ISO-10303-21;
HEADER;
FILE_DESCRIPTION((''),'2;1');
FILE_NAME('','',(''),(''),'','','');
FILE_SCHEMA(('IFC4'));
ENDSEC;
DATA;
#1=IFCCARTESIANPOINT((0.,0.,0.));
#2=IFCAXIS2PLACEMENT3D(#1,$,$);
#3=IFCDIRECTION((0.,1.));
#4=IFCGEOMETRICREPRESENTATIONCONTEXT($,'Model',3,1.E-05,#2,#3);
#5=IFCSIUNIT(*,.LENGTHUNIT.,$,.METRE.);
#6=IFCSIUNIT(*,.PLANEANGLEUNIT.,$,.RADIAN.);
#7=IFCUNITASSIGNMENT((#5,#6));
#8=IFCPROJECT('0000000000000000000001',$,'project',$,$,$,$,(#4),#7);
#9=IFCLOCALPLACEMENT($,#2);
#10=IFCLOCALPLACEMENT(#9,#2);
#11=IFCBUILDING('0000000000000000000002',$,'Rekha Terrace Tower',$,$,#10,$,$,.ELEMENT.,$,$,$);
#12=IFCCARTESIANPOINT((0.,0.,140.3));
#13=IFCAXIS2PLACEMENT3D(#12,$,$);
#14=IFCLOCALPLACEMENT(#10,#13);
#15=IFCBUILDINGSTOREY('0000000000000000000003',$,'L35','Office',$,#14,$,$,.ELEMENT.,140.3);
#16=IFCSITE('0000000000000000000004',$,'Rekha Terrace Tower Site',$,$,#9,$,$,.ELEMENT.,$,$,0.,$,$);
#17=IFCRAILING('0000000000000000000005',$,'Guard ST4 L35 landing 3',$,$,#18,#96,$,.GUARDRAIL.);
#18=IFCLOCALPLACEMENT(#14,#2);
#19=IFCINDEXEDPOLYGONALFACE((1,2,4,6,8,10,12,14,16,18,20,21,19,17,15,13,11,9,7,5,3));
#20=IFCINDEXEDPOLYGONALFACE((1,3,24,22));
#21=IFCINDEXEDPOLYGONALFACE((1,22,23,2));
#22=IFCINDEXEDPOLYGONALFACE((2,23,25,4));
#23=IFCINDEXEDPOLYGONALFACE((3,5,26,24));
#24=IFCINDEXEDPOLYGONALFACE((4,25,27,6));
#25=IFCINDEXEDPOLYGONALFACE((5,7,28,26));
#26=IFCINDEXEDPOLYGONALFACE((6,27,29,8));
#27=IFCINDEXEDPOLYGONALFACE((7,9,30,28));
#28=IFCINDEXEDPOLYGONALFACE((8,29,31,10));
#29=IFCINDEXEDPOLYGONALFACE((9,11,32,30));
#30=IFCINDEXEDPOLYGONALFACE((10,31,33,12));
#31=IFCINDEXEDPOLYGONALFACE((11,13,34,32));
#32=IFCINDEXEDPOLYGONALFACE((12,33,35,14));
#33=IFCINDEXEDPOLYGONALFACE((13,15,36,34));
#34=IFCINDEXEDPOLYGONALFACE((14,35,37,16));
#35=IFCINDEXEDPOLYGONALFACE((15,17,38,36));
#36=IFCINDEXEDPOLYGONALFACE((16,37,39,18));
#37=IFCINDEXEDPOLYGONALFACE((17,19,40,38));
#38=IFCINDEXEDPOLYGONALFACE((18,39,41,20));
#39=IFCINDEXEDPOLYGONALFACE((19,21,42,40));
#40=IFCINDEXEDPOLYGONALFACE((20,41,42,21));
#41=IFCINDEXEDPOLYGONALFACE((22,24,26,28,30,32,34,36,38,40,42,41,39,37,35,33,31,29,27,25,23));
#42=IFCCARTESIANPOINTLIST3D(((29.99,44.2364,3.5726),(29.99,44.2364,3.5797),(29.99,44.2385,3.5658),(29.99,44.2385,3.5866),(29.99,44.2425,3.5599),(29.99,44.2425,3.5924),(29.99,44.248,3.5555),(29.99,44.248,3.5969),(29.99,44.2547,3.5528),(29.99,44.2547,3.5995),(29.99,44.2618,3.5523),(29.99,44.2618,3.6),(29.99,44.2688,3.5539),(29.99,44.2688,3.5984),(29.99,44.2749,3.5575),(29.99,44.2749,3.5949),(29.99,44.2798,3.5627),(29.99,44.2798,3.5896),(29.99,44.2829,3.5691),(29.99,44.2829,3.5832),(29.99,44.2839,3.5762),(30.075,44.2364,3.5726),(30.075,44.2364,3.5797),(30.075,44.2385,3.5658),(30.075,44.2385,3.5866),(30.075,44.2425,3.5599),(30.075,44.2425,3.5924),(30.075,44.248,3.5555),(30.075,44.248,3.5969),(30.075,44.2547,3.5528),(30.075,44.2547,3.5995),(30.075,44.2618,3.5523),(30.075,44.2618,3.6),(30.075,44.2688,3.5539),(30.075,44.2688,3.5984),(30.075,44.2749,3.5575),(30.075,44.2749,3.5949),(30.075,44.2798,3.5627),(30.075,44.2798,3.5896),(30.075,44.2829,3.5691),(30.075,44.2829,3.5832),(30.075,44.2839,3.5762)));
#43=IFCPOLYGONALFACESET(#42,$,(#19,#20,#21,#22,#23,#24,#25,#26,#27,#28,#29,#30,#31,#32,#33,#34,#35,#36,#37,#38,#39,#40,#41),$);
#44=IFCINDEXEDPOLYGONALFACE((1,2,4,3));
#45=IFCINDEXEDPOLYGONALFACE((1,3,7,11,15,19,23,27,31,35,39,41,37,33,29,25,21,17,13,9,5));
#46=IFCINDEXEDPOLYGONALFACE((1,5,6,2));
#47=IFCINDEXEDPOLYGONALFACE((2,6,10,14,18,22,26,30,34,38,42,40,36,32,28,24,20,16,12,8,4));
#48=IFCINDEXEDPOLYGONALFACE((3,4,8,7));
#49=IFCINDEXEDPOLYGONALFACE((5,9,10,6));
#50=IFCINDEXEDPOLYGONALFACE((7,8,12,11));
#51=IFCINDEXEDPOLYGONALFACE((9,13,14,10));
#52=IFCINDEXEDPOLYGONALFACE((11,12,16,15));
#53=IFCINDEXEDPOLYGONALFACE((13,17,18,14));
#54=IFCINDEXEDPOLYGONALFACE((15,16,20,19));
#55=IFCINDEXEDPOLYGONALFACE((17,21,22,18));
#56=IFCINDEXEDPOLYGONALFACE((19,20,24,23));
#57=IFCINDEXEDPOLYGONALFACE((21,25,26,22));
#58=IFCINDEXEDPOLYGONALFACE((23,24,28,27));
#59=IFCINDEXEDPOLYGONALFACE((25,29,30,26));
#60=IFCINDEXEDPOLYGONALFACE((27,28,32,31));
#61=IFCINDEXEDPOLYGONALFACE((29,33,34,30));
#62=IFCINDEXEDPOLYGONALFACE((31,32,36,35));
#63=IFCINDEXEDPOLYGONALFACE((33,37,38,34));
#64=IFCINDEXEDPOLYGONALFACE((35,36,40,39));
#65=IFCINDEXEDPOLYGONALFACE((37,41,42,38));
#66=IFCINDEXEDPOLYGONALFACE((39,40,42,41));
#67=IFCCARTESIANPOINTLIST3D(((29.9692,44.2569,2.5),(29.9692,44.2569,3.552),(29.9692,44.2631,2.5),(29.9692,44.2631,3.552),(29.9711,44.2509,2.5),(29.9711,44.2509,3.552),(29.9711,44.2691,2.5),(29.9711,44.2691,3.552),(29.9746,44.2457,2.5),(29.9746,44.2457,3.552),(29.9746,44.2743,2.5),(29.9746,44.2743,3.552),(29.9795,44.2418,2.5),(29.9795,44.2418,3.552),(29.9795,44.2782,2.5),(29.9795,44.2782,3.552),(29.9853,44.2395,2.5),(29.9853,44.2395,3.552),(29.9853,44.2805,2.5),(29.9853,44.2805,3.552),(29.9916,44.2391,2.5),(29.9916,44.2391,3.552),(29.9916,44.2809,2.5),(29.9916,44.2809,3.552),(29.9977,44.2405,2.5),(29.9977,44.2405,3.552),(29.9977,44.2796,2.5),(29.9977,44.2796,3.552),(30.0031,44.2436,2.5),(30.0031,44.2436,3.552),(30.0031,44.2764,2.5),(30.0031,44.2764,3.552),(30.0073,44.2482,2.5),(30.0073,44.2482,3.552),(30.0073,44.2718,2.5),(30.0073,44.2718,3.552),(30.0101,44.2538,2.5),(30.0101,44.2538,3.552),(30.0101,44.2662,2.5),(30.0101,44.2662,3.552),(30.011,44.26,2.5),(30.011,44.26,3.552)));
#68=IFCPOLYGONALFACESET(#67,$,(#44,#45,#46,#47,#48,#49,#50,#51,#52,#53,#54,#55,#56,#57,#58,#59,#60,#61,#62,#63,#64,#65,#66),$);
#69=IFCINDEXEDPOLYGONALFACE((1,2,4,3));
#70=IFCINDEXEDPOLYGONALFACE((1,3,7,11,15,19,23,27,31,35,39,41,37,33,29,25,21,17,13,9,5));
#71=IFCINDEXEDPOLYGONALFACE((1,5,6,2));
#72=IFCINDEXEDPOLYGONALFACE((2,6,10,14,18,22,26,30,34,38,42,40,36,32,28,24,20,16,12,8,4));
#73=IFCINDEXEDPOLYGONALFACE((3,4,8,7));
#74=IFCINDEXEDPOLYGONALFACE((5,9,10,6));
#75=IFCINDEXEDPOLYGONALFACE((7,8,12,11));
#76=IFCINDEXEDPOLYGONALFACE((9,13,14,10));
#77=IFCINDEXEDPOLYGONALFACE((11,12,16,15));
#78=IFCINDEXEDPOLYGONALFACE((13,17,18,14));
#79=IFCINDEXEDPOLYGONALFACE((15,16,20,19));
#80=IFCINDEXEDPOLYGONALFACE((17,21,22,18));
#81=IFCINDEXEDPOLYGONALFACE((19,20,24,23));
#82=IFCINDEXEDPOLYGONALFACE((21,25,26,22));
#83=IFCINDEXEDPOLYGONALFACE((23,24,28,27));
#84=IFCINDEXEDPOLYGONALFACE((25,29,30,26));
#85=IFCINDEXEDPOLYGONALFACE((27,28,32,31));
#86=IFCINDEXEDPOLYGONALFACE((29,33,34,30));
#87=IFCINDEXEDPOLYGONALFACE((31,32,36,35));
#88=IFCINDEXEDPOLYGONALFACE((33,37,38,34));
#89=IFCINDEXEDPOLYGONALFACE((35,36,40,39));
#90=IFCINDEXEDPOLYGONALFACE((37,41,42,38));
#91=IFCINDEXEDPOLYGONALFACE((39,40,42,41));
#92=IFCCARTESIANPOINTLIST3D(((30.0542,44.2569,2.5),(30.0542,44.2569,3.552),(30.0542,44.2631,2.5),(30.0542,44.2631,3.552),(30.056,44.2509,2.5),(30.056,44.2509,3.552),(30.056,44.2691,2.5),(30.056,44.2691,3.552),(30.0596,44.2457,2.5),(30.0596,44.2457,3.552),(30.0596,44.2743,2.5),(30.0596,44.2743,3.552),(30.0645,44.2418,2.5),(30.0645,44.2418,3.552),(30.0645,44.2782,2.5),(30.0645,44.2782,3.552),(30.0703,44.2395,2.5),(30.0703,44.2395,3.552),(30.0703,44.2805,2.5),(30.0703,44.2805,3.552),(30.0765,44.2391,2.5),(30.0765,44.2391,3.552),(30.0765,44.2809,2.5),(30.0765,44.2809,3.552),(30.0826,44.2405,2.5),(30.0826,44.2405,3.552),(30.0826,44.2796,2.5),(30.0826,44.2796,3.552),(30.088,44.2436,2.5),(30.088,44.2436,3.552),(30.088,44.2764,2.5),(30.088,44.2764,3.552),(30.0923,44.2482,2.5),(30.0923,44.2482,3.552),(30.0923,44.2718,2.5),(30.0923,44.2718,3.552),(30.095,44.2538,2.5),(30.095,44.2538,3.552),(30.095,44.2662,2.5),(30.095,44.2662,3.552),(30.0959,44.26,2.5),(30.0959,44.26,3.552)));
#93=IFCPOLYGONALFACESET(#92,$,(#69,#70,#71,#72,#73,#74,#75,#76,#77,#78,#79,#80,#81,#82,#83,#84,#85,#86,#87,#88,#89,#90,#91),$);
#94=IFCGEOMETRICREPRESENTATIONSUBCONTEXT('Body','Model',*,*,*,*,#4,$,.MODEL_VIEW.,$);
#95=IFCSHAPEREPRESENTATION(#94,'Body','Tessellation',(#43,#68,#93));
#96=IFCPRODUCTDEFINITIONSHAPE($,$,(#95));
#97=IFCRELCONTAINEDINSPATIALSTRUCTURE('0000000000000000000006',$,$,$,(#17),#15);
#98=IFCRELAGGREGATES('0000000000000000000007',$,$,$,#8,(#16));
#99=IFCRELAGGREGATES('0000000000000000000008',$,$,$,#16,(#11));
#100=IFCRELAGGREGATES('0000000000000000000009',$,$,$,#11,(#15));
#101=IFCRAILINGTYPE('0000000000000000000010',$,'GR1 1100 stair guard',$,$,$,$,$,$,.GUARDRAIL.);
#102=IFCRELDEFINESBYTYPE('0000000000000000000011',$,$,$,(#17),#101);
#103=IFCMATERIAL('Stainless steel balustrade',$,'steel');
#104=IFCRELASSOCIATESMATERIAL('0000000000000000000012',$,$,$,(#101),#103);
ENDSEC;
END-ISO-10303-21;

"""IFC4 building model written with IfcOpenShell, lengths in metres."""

from ifc_helpers import new_model, si_unit, direction, frame, origin, origin_2d, place, context, subcontext, project, spatial, circle, extrude, material, type_object, element, save


model = new_model("IFC4")

# Units and contexts
model_context = context("Model", 3, precision=1e-05, world=origin(), true_north=direction((0.0, 1.0)))
body_context = subcontext(model_context, "Body", "Model", "MODEL_VIEW")
ifc_project = project(units=[si_unit("LENGTHUNIT", "METRE"), si_unit("PLANEANGLEUNIT", "RADIAN")], contexts=[model_context])

# Site, building, storey
site_placement = place(None, origin())
site = spatial("IfcSite", under=ifc_project, at=site_placement, Name="Rekha Terrace Tower Site", CompositionType="ELEMENT", RefElevation=0.0)
building_placement = place(site_placement, origin())
building = spatial("IfcBuilding", under=site, at=building_placement, Name="Rekha Terrace Tower", CompositionType="ELEMENT")
storey_placement = place(building_placement, frame((0.0, 0.0, 140.3)))
storey = spatial("IfcBuildingStorey", under=building, at=storey_placement, Name="L35", Description="Office", CompositionType="ELEMENT", Elevation=140.3)

# Railing
ifc_material_1 = material(Name="Stainless steel balustrade", Category="steel")
railing_type_1 = type_object("IfcRailingType", Name="GR1 1100 stair guard", PredefinedType="GUARDRAIL", material=ifc_material_1)
railing_1_placement = place(storey_placement, frame((29.99, 44.26, 2.5)))
element("IfcRailing", 1, at=railing_1_placement, inside=storey, type_object=railing_type_1, Name="Guard ST4 L35 landing 3", PredefinedType="GUARDRAIL", context=body_context, shape_type="SweptSolid", body=[
    extrude(circle(Radius=0.0239, at=origin_2d()), frame((0.0, 0.0, 1.0762), z_axis=(1.0, 0.0, 0.0), x_axis=(0.0, 1.0, 0.0)), (0.0, 0.0, 1.0), 0.085),
    extrude(circle(Radius=0.021, at=origin_2d()), origin(), (0.0, 0.0, 1.0), 1.052),
    extrude(circle(Radius=0.021, at=origin_2d()), frame((0.085, 0.0, 0.0)), (0.0, 0.0, 1.0), 1.052),
])

save(model, "model.ifc")
